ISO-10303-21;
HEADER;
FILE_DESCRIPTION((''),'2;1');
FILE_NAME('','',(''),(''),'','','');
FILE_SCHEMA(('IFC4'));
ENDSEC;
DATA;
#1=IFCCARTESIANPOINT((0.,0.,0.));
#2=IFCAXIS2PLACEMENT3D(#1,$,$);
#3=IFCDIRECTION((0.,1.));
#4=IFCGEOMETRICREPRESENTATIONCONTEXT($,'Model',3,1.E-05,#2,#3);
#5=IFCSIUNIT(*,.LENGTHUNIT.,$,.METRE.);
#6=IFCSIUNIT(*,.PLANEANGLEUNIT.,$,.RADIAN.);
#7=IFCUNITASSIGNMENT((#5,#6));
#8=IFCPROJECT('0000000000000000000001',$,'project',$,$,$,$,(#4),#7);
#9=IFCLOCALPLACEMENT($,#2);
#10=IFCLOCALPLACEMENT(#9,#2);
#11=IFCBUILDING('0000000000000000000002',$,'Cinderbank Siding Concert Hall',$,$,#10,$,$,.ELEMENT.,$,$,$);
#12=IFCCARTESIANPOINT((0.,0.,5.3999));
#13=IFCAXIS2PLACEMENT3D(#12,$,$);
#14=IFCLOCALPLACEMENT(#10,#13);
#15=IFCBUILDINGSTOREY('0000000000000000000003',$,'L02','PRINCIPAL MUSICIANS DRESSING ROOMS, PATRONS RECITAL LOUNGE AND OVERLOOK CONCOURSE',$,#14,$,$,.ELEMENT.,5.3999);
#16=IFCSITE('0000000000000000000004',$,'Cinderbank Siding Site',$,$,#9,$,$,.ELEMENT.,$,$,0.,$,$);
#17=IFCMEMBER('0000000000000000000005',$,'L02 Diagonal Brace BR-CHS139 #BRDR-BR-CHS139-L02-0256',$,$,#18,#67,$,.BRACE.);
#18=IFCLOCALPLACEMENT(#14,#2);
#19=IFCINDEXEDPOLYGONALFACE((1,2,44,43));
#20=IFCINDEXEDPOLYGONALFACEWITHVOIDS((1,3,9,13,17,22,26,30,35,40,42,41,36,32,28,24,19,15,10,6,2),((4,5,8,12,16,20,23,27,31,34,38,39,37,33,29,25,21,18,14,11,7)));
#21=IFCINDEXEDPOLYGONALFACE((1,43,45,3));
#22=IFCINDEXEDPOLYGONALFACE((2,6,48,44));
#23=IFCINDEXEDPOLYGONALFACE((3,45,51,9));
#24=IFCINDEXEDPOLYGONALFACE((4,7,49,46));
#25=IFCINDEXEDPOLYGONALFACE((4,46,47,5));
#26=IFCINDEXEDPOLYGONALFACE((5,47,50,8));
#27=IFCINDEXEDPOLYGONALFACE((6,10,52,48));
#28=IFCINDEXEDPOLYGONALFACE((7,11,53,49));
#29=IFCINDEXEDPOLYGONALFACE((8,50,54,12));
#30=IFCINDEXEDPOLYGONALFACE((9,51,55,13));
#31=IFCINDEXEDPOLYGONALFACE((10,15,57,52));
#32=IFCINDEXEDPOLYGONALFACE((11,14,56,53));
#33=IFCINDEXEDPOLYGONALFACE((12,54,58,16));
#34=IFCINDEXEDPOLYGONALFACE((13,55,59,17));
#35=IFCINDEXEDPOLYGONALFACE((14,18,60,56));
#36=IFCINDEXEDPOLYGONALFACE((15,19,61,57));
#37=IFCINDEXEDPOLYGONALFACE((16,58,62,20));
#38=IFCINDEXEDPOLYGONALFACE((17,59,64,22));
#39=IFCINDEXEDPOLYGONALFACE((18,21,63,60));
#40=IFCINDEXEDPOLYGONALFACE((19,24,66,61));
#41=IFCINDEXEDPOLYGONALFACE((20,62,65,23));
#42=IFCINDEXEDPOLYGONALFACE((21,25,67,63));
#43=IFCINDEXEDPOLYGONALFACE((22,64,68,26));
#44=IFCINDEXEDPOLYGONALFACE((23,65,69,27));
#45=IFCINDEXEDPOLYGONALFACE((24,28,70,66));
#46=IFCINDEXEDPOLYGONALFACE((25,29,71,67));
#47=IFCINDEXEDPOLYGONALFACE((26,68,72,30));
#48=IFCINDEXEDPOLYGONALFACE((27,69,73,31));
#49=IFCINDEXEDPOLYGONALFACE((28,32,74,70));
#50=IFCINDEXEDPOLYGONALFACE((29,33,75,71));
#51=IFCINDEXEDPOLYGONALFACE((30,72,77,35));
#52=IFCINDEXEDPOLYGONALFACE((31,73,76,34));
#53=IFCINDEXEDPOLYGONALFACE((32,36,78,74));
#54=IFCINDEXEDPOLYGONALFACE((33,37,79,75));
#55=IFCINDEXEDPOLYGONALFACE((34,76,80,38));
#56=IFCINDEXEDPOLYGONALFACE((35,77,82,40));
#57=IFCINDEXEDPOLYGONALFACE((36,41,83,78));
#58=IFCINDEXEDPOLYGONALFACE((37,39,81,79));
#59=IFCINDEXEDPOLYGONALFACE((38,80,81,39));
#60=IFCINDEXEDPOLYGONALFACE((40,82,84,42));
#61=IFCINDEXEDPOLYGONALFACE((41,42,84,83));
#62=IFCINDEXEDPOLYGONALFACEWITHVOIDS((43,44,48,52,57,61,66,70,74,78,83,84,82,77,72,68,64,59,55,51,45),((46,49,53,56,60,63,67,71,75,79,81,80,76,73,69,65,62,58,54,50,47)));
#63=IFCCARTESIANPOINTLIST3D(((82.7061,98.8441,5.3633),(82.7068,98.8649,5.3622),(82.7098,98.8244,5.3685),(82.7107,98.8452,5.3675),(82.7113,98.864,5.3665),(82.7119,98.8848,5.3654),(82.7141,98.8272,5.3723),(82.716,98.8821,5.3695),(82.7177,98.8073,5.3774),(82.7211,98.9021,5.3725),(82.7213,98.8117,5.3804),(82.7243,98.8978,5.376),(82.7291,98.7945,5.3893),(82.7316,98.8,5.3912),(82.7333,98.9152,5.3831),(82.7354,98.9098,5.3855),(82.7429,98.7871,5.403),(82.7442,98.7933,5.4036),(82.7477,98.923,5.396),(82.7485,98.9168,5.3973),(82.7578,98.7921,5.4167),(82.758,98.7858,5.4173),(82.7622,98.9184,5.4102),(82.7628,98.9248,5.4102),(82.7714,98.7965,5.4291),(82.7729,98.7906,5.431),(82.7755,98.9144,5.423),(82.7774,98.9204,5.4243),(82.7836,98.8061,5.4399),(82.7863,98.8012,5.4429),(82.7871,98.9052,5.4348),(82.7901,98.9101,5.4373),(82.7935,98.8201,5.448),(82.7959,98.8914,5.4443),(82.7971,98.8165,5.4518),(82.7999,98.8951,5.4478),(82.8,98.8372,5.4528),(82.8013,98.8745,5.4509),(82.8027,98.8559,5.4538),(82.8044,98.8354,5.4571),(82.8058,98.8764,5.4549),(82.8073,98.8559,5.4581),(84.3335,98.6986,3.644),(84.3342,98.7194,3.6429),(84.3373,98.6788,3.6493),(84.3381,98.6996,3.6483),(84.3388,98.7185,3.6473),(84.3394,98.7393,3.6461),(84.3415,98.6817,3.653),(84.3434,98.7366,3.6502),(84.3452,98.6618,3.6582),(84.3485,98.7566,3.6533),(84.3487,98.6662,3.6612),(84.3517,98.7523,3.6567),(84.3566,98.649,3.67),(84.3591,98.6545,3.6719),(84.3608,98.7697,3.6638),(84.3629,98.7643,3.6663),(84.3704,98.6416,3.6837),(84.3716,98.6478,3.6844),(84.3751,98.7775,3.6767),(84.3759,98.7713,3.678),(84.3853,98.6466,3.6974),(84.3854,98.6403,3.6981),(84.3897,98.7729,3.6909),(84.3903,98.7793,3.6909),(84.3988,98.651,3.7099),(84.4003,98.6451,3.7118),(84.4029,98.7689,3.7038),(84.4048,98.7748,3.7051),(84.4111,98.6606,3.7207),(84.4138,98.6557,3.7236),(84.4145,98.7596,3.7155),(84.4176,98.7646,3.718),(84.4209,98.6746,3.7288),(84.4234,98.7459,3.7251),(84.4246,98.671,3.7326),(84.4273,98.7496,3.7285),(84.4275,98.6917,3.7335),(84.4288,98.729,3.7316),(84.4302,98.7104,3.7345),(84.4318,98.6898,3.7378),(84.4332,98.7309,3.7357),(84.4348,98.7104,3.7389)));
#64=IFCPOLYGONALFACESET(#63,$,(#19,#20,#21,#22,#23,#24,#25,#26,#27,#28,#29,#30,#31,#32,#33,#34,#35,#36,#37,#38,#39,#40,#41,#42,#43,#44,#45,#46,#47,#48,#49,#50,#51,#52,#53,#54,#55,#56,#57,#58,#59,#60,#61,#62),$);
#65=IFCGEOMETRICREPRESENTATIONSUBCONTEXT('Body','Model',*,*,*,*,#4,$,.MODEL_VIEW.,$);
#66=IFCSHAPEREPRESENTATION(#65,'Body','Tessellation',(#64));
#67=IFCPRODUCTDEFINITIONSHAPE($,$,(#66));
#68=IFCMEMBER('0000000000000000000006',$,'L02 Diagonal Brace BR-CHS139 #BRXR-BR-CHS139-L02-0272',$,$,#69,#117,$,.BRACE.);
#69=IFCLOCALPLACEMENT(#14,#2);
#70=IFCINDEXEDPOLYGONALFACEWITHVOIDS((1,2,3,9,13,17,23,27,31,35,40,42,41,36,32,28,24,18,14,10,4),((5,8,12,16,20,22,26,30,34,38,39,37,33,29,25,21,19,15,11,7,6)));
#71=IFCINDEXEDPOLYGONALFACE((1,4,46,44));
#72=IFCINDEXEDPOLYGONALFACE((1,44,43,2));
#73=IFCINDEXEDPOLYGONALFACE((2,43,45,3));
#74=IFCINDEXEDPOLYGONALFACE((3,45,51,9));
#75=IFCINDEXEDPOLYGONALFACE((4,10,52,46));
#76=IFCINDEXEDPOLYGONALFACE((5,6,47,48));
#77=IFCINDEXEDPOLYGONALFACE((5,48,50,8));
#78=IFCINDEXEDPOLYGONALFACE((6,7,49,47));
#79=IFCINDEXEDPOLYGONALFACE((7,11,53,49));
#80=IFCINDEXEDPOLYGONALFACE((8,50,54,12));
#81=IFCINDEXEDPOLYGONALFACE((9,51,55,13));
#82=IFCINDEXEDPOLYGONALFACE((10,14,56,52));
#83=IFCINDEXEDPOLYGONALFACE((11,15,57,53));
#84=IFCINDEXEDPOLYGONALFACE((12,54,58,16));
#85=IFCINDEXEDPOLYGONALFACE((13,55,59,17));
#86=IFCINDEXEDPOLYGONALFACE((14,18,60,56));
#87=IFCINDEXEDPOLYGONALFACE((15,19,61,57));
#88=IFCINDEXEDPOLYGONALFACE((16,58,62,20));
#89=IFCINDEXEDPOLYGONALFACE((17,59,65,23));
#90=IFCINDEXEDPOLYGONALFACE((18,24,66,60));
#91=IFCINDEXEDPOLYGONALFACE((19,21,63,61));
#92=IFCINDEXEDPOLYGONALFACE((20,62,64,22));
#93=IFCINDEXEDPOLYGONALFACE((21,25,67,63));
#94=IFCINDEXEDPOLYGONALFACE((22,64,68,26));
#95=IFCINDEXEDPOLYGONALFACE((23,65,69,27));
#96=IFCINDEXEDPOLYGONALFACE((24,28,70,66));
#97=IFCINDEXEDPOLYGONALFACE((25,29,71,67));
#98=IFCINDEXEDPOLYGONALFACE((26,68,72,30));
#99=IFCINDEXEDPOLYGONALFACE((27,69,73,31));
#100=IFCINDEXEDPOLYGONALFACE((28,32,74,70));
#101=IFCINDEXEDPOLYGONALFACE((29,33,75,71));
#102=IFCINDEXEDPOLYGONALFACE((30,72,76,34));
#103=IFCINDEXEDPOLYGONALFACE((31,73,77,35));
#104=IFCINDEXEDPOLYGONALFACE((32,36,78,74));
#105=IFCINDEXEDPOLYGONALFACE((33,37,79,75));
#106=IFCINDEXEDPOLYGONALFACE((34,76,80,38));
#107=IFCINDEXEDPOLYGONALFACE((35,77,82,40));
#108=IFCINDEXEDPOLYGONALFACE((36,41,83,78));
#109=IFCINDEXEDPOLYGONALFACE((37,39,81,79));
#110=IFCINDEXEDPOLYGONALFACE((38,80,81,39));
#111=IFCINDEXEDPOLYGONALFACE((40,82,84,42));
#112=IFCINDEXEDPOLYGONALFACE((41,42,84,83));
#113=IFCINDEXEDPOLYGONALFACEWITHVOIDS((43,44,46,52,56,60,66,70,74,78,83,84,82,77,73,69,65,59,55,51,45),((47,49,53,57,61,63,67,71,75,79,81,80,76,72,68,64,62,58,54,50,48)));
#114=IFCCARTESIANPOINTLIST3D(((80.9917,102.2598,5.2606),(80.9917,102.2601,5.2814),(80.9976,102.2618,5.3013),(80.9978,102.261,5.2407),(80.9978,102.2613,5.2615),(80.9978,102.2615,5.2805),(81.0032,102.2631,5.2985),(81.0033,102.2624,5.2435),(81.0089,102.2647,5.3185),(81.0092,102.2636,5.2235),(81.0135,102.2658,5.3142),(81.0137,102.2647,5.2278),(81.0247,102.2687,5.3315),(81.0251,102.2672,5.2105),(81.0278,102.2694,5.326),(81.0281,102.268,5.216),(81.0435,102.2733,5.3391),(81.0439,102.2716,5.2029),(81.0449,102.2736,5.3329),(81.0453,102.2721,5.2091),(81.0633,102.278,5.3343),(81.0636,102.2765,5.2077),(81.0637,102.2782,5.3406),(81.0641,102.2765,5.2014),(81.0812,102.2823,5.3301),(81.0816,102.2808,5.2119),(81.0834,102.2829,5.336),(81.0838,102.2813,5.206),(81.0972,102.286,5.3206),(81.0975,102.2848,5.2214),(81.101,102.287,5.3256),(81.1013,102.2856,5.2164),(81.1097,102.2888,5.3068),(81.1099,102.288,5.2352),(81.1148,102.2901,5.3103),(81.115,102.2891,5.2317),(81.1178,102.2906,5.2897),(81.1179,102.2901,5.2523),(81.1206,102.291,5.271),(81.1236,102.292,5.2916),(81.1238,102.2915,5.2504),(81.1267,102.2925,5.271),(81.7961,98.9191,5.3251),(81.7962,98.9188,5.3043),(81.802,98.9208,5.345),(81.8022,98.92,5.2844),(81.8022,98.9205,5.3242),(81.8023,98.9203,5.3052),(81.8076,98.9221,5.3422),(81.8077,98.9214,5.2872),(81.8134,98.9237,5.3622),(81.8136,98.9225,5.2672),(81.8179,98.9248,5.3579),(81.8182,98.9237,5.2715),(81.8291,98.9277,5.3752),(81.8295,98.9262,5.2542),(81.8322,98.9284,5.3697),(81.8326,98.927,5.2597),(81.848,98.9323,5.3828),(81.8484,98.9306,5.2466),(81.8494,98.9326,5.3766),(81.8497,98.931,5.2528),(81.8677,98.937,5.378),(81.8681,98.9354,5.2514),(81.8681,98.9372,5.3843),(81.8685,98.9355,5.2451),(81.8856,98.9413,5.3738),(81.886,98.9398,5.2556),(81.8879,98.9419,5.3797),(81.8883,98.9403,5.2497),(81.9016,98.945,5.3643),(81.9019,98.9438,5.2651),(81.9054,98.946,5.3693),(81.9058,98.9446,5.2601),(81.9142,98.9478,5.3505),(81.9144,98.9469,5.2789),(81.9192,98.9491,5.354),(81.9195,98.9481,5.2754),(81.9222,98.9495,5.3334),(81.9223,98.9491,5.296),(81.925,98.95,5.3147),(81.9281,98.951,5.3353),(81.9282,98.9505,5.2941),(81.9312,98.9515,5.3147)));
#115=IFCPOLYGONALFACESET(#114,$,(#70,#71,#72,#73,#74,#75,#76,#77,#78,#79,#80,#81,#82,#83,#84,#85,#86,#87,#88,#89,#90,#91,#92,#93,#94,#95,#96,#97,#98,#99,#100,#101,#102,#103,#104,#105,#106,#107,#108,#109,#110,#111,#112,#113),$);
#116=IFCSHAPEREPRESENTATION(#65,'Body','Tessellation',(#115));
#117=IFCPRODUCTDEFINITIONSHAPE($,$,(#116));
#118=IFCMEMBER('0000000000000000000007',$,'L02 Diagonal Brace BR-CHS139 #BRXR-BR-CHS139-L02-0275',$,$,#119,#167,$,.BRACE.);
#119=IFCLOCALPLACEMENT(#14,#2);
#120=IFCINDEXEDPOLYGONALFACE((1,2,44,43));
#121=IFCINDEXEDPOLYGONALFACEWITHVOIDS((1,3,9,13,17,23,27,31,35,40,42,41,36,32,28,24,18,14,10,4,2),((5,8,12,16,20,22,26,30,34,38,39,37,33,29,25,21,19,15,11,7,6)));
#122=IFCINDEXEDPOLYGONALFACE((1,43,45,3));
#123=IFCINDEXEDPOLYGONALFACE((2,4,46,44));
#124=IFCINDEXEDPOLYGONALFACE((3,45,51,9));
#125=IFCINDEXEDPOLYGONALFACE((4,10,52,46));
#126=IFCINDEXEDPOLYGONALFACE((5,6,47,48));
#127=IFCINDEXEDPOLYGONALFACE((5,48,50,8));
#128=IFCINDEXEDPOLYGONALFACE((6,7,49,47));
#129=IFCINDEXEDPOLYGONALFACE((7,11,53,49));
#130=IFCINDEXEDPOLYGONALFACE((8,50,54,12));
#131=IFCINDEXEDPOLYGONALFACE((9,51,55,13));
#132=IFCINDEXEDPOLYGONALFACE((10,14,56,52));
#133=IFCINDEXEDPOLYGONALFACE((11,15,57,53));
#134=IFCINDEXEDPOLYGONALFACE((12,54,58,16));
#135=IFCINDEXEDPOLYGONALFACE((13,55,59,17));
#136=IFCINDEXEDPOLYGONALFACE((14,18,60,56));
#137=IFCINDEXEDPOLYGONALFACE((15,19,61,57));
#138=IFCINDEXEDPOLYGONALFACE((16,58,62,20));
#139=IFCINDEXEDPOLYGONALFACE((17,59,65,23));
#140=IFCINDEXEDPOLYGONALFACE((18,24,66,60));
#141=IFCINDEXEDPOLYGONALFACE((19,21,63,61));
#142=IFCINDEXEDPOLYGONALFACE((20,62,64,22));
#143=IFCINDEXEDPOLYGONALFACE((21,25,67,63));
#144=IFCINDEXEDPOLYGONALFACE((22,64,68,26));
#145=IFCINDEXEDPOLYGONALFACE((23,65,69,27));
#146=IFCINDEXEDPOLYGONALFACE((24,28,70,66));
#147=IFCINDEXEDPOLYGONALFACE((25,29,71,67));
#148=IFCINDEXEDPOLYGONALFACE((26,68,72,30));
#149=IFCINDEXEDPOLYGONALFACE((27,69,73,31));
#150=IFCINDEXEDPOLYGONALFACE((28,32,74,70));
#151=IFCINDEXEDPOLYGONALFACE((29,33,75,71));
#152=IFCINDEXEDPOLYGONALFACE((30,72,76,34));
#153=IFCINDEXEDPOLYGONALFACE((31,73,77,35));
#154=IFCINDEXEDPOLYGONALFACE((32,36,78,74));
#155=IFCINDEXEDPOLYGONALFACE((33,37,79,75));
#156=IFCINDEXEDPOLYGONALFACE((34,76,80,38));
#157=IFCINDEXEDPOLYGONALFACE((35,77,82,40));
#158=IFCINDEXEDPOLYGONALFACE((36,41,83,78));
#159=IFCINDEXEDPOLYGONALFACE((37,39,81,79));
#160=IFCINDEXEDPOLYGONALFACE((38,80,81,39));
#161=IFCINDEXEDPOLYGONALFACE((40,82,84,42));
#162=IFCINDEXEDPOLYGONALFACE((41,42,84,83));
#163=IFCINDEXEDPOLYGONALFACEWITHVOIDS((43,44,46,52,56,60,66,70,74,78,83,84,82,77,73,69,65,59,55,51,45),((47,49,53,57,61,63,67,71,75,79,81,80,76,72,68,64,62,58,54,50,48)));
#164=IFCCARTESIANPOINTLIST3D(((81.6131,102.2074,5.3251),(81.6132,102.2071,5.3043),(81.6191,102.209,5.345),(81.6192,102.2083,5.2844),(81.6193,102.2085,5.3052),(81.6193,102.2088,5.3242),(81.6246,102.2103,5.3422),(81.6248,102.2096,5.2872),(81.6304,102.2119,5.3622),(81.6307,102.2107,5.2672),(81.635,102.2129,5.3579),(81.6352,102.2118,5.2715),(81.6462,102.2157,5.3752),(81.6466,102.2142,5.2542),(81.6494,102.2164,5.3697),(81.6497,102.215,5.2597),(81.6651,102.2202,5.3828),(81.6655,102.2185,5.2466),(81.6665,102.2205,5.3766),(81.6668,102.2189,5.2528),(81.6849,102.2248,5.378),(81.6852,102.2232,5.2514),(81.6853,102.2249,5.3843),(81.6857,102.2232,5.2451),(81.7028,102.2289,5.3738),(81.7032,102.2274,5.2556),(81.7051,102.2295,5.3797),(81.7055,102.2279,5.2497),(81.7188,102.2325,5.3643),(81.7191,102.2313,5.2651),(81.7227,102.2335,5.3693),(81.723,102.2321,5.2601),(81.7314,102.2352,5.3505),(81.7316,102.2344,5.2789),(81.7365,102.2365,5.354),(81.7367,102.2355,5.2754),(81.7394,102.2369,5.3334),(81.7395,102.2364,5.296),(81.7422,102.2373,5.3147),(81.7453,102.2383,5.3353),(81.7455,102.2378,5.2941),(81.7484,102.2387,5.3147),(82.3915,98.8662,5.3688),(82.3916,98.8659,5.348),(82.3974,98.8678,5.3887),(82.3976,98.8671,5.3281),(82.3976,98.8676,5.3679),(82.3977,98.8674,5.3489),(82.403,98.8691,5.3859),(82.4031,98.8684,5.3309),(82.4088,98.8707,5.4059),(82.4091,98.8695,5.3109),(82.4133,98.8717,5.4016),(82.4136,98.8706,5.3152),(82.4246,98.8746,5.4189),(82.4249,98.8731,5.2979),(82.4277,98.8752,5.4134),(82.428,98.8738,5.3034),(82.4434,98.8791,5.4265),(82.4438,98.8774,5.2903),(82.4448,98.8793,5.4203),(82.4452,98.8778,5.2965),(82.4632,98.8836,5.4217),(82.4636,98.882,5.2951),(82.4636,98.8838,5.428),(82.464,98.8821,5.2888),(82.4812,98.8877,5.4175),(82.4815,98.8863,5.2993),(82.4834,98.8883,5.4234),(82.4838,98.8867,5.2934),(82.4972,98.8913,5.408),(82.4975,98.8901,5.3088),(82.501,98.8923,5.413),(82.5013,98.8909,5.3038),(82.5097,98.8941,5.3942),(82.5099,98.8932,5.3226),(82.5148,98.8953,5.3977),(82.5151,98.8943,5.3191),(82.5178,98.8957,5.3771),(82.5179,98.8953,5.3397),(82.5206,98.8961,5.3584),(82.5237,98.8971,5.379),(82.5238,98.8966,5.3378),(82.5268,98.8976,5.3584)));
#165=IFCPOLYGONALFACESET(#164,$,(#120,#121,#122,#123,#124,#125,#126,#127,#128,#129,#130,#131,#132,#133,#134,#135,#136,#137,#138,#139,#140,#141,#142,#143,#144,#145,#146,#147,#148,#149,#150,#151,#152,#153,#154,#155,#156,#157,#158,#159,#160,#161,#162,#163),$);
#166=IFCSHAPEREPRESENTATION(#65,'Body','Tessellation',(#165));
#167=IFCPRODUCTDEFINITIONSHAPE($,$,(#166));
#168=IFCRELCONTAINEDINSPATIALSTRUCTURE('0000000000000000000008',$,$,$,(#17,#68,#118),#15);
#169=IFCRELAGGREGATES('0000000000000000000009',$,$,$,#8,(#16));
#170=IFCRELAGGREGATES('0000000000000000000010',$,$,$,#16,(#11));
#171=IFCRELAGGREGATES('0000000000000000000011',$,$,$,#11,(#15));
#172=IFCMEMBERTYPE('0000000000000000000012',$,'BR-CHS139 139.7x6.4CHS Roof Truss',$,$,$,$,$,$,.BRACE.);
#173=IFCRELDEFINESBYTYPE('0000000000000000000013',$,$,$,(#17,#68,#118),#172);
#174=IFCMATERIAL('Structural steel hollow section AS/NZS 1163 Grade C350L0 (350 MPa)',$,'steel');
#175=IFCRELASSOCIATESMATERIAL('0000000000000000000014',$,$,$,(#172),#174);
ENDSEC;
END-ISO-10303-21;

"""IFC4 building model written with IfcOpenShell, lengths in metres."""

from ifc_helpers import new_model, si_unit, direction, frame, origin, origin_2d, place, context, subcontext, project, spatial, hollow_circle, extrude, material, material_profile, profile_set, type_object, element, save


model = new_model("IFC4")

# Units and contexts
model_context = context("Model", 3, precision=1e-05, world=origin(), true_north=direction((0.0, 1.0)))
body_context = subcontext(model_context, "Body", "Model", "MODEL_VIEW")
ifc_project = project(units=[si_unit("LENGTHUNIT", "METRE"), si_unit("PLANEANGLEUNIT", "RADIAN")], contexts=[model_context])

# Site, building, storey
site_placement = place(None, origin())
site = spatial("IfcSite", under=ifc_project, at=site_placement, Name="Cinderbank Siding Site", CompositionType="ELEMENT", RefElevation=0.0)
building_placement = place(site_placement, origin())
building = spatial("IfcBuilding", under=site, at=building_placement, Name="Cinderbank Siding Concert Hall", CompositionType="ELEMENT")
storey_placement = place(building_placement, frame((0.0, 0.0, 5.3999)))
storey = spatial("IfcBuildingStorey", under=building, at=storey_placement, Name="L02", Description="PRINCIPAL MUSICIANS DRESSING ROOMS, PATRONS RECITAL LOUNGE AND OVERLOOK CONCOURSE", CompositionType="ELEMENT", Elevation=5.3999)

# Members
ifc_material_1 = material(Name="Structural steel hollow section AS/NZS 1163 Grade C350L0 (350 MPa)", Category="steel")
ifc_material_profile_1 = material_profile(ifc_material_1, hollow_circle(Radius=0.0698, WallThickness=0.0063, at=origin_2d()), Name="139.7x6.4CHS", Category="LoadBearing")
ifc_profile_set_1 = profile_set([ifc_material_profile_1], Name="Structural steel hollow section AS/NZS 1163 Grade C350L0 (350 MPa)")
member_type_1 = type_object("IfcMemberType", Name="BR-CHS139 139.7x6.4CHS Roof Truss", PredefinedType="BRACE", material=ifc_profile_set_1)
member_1_placement = place(storey_placement, frame((82.7566, 98.8552, 5.4102), z_axis=(0.686158, -0.061349, -0.724861), x_axis=(0.089054, 0.996027, 0.0)))
element("IfcMember", 1, at=member_1_placement, inside=storey, type_object=member_type_1, Name="L02 Diagonal Brace BR-CHS139 #BRDR-BR-CHS139-L02-0256", PredefinedType="BRACE", context=body_context, shape_type="SweptSolid", body=[
    extrude(hollow_circle(Radius=0.0698, WallThickness=0.0063, at=origin_2d()), origin(), (0.0, 0.0, 1.0), 2.3718),
])
member_2_placement = place(storey_placement, frame((81.0588, 102.2761, 5.271), z_axis=(0.234066, -0.972138, 0.012716), x_axis=(0.972216, 0.234085, 0.0)))
element("IfcMember", 2, at=member_2_placement, inside=storey, type_object=member_type_1, Name="L02 Diagonal Brace BR-CHS139 #BRXR-BR-CHS139-L02-0272", PredefinedType="BRACE", context=body_context, shape_type="SweptSolid", body=[
    extrude(hollow_circle(Radius=0.0698, WallThickness=0.0063, at=origin_2d()), origin(), (0.0, 0.0, 1.0), 3.4368),
])
member_3_placement = place(storey_placement, frame((81.6804, 102.2229, 5.3147), z_axis=(0.226862, -0.973843, 0.012738), x_axis=(0.973923, 0.226881, 0.0)))
element("IfcMember", 3, at=member_3_placement, inside=storey, type_object=member_type_1, Name="L02 Diagonal Brace BR-CHS139 #BRXR-BR-CHS139-L02-0275", PredefinedType="BRACE", context=body_context, shape_type="SweptSolid", body=[
    extrude(hollow_circle(Radius=0.0698, WallThickness=0.0063, at=origin_2d()), origin(), (0.0, 0.0, 1.0), 3.4309),
])

save(model, "model.ifc")
